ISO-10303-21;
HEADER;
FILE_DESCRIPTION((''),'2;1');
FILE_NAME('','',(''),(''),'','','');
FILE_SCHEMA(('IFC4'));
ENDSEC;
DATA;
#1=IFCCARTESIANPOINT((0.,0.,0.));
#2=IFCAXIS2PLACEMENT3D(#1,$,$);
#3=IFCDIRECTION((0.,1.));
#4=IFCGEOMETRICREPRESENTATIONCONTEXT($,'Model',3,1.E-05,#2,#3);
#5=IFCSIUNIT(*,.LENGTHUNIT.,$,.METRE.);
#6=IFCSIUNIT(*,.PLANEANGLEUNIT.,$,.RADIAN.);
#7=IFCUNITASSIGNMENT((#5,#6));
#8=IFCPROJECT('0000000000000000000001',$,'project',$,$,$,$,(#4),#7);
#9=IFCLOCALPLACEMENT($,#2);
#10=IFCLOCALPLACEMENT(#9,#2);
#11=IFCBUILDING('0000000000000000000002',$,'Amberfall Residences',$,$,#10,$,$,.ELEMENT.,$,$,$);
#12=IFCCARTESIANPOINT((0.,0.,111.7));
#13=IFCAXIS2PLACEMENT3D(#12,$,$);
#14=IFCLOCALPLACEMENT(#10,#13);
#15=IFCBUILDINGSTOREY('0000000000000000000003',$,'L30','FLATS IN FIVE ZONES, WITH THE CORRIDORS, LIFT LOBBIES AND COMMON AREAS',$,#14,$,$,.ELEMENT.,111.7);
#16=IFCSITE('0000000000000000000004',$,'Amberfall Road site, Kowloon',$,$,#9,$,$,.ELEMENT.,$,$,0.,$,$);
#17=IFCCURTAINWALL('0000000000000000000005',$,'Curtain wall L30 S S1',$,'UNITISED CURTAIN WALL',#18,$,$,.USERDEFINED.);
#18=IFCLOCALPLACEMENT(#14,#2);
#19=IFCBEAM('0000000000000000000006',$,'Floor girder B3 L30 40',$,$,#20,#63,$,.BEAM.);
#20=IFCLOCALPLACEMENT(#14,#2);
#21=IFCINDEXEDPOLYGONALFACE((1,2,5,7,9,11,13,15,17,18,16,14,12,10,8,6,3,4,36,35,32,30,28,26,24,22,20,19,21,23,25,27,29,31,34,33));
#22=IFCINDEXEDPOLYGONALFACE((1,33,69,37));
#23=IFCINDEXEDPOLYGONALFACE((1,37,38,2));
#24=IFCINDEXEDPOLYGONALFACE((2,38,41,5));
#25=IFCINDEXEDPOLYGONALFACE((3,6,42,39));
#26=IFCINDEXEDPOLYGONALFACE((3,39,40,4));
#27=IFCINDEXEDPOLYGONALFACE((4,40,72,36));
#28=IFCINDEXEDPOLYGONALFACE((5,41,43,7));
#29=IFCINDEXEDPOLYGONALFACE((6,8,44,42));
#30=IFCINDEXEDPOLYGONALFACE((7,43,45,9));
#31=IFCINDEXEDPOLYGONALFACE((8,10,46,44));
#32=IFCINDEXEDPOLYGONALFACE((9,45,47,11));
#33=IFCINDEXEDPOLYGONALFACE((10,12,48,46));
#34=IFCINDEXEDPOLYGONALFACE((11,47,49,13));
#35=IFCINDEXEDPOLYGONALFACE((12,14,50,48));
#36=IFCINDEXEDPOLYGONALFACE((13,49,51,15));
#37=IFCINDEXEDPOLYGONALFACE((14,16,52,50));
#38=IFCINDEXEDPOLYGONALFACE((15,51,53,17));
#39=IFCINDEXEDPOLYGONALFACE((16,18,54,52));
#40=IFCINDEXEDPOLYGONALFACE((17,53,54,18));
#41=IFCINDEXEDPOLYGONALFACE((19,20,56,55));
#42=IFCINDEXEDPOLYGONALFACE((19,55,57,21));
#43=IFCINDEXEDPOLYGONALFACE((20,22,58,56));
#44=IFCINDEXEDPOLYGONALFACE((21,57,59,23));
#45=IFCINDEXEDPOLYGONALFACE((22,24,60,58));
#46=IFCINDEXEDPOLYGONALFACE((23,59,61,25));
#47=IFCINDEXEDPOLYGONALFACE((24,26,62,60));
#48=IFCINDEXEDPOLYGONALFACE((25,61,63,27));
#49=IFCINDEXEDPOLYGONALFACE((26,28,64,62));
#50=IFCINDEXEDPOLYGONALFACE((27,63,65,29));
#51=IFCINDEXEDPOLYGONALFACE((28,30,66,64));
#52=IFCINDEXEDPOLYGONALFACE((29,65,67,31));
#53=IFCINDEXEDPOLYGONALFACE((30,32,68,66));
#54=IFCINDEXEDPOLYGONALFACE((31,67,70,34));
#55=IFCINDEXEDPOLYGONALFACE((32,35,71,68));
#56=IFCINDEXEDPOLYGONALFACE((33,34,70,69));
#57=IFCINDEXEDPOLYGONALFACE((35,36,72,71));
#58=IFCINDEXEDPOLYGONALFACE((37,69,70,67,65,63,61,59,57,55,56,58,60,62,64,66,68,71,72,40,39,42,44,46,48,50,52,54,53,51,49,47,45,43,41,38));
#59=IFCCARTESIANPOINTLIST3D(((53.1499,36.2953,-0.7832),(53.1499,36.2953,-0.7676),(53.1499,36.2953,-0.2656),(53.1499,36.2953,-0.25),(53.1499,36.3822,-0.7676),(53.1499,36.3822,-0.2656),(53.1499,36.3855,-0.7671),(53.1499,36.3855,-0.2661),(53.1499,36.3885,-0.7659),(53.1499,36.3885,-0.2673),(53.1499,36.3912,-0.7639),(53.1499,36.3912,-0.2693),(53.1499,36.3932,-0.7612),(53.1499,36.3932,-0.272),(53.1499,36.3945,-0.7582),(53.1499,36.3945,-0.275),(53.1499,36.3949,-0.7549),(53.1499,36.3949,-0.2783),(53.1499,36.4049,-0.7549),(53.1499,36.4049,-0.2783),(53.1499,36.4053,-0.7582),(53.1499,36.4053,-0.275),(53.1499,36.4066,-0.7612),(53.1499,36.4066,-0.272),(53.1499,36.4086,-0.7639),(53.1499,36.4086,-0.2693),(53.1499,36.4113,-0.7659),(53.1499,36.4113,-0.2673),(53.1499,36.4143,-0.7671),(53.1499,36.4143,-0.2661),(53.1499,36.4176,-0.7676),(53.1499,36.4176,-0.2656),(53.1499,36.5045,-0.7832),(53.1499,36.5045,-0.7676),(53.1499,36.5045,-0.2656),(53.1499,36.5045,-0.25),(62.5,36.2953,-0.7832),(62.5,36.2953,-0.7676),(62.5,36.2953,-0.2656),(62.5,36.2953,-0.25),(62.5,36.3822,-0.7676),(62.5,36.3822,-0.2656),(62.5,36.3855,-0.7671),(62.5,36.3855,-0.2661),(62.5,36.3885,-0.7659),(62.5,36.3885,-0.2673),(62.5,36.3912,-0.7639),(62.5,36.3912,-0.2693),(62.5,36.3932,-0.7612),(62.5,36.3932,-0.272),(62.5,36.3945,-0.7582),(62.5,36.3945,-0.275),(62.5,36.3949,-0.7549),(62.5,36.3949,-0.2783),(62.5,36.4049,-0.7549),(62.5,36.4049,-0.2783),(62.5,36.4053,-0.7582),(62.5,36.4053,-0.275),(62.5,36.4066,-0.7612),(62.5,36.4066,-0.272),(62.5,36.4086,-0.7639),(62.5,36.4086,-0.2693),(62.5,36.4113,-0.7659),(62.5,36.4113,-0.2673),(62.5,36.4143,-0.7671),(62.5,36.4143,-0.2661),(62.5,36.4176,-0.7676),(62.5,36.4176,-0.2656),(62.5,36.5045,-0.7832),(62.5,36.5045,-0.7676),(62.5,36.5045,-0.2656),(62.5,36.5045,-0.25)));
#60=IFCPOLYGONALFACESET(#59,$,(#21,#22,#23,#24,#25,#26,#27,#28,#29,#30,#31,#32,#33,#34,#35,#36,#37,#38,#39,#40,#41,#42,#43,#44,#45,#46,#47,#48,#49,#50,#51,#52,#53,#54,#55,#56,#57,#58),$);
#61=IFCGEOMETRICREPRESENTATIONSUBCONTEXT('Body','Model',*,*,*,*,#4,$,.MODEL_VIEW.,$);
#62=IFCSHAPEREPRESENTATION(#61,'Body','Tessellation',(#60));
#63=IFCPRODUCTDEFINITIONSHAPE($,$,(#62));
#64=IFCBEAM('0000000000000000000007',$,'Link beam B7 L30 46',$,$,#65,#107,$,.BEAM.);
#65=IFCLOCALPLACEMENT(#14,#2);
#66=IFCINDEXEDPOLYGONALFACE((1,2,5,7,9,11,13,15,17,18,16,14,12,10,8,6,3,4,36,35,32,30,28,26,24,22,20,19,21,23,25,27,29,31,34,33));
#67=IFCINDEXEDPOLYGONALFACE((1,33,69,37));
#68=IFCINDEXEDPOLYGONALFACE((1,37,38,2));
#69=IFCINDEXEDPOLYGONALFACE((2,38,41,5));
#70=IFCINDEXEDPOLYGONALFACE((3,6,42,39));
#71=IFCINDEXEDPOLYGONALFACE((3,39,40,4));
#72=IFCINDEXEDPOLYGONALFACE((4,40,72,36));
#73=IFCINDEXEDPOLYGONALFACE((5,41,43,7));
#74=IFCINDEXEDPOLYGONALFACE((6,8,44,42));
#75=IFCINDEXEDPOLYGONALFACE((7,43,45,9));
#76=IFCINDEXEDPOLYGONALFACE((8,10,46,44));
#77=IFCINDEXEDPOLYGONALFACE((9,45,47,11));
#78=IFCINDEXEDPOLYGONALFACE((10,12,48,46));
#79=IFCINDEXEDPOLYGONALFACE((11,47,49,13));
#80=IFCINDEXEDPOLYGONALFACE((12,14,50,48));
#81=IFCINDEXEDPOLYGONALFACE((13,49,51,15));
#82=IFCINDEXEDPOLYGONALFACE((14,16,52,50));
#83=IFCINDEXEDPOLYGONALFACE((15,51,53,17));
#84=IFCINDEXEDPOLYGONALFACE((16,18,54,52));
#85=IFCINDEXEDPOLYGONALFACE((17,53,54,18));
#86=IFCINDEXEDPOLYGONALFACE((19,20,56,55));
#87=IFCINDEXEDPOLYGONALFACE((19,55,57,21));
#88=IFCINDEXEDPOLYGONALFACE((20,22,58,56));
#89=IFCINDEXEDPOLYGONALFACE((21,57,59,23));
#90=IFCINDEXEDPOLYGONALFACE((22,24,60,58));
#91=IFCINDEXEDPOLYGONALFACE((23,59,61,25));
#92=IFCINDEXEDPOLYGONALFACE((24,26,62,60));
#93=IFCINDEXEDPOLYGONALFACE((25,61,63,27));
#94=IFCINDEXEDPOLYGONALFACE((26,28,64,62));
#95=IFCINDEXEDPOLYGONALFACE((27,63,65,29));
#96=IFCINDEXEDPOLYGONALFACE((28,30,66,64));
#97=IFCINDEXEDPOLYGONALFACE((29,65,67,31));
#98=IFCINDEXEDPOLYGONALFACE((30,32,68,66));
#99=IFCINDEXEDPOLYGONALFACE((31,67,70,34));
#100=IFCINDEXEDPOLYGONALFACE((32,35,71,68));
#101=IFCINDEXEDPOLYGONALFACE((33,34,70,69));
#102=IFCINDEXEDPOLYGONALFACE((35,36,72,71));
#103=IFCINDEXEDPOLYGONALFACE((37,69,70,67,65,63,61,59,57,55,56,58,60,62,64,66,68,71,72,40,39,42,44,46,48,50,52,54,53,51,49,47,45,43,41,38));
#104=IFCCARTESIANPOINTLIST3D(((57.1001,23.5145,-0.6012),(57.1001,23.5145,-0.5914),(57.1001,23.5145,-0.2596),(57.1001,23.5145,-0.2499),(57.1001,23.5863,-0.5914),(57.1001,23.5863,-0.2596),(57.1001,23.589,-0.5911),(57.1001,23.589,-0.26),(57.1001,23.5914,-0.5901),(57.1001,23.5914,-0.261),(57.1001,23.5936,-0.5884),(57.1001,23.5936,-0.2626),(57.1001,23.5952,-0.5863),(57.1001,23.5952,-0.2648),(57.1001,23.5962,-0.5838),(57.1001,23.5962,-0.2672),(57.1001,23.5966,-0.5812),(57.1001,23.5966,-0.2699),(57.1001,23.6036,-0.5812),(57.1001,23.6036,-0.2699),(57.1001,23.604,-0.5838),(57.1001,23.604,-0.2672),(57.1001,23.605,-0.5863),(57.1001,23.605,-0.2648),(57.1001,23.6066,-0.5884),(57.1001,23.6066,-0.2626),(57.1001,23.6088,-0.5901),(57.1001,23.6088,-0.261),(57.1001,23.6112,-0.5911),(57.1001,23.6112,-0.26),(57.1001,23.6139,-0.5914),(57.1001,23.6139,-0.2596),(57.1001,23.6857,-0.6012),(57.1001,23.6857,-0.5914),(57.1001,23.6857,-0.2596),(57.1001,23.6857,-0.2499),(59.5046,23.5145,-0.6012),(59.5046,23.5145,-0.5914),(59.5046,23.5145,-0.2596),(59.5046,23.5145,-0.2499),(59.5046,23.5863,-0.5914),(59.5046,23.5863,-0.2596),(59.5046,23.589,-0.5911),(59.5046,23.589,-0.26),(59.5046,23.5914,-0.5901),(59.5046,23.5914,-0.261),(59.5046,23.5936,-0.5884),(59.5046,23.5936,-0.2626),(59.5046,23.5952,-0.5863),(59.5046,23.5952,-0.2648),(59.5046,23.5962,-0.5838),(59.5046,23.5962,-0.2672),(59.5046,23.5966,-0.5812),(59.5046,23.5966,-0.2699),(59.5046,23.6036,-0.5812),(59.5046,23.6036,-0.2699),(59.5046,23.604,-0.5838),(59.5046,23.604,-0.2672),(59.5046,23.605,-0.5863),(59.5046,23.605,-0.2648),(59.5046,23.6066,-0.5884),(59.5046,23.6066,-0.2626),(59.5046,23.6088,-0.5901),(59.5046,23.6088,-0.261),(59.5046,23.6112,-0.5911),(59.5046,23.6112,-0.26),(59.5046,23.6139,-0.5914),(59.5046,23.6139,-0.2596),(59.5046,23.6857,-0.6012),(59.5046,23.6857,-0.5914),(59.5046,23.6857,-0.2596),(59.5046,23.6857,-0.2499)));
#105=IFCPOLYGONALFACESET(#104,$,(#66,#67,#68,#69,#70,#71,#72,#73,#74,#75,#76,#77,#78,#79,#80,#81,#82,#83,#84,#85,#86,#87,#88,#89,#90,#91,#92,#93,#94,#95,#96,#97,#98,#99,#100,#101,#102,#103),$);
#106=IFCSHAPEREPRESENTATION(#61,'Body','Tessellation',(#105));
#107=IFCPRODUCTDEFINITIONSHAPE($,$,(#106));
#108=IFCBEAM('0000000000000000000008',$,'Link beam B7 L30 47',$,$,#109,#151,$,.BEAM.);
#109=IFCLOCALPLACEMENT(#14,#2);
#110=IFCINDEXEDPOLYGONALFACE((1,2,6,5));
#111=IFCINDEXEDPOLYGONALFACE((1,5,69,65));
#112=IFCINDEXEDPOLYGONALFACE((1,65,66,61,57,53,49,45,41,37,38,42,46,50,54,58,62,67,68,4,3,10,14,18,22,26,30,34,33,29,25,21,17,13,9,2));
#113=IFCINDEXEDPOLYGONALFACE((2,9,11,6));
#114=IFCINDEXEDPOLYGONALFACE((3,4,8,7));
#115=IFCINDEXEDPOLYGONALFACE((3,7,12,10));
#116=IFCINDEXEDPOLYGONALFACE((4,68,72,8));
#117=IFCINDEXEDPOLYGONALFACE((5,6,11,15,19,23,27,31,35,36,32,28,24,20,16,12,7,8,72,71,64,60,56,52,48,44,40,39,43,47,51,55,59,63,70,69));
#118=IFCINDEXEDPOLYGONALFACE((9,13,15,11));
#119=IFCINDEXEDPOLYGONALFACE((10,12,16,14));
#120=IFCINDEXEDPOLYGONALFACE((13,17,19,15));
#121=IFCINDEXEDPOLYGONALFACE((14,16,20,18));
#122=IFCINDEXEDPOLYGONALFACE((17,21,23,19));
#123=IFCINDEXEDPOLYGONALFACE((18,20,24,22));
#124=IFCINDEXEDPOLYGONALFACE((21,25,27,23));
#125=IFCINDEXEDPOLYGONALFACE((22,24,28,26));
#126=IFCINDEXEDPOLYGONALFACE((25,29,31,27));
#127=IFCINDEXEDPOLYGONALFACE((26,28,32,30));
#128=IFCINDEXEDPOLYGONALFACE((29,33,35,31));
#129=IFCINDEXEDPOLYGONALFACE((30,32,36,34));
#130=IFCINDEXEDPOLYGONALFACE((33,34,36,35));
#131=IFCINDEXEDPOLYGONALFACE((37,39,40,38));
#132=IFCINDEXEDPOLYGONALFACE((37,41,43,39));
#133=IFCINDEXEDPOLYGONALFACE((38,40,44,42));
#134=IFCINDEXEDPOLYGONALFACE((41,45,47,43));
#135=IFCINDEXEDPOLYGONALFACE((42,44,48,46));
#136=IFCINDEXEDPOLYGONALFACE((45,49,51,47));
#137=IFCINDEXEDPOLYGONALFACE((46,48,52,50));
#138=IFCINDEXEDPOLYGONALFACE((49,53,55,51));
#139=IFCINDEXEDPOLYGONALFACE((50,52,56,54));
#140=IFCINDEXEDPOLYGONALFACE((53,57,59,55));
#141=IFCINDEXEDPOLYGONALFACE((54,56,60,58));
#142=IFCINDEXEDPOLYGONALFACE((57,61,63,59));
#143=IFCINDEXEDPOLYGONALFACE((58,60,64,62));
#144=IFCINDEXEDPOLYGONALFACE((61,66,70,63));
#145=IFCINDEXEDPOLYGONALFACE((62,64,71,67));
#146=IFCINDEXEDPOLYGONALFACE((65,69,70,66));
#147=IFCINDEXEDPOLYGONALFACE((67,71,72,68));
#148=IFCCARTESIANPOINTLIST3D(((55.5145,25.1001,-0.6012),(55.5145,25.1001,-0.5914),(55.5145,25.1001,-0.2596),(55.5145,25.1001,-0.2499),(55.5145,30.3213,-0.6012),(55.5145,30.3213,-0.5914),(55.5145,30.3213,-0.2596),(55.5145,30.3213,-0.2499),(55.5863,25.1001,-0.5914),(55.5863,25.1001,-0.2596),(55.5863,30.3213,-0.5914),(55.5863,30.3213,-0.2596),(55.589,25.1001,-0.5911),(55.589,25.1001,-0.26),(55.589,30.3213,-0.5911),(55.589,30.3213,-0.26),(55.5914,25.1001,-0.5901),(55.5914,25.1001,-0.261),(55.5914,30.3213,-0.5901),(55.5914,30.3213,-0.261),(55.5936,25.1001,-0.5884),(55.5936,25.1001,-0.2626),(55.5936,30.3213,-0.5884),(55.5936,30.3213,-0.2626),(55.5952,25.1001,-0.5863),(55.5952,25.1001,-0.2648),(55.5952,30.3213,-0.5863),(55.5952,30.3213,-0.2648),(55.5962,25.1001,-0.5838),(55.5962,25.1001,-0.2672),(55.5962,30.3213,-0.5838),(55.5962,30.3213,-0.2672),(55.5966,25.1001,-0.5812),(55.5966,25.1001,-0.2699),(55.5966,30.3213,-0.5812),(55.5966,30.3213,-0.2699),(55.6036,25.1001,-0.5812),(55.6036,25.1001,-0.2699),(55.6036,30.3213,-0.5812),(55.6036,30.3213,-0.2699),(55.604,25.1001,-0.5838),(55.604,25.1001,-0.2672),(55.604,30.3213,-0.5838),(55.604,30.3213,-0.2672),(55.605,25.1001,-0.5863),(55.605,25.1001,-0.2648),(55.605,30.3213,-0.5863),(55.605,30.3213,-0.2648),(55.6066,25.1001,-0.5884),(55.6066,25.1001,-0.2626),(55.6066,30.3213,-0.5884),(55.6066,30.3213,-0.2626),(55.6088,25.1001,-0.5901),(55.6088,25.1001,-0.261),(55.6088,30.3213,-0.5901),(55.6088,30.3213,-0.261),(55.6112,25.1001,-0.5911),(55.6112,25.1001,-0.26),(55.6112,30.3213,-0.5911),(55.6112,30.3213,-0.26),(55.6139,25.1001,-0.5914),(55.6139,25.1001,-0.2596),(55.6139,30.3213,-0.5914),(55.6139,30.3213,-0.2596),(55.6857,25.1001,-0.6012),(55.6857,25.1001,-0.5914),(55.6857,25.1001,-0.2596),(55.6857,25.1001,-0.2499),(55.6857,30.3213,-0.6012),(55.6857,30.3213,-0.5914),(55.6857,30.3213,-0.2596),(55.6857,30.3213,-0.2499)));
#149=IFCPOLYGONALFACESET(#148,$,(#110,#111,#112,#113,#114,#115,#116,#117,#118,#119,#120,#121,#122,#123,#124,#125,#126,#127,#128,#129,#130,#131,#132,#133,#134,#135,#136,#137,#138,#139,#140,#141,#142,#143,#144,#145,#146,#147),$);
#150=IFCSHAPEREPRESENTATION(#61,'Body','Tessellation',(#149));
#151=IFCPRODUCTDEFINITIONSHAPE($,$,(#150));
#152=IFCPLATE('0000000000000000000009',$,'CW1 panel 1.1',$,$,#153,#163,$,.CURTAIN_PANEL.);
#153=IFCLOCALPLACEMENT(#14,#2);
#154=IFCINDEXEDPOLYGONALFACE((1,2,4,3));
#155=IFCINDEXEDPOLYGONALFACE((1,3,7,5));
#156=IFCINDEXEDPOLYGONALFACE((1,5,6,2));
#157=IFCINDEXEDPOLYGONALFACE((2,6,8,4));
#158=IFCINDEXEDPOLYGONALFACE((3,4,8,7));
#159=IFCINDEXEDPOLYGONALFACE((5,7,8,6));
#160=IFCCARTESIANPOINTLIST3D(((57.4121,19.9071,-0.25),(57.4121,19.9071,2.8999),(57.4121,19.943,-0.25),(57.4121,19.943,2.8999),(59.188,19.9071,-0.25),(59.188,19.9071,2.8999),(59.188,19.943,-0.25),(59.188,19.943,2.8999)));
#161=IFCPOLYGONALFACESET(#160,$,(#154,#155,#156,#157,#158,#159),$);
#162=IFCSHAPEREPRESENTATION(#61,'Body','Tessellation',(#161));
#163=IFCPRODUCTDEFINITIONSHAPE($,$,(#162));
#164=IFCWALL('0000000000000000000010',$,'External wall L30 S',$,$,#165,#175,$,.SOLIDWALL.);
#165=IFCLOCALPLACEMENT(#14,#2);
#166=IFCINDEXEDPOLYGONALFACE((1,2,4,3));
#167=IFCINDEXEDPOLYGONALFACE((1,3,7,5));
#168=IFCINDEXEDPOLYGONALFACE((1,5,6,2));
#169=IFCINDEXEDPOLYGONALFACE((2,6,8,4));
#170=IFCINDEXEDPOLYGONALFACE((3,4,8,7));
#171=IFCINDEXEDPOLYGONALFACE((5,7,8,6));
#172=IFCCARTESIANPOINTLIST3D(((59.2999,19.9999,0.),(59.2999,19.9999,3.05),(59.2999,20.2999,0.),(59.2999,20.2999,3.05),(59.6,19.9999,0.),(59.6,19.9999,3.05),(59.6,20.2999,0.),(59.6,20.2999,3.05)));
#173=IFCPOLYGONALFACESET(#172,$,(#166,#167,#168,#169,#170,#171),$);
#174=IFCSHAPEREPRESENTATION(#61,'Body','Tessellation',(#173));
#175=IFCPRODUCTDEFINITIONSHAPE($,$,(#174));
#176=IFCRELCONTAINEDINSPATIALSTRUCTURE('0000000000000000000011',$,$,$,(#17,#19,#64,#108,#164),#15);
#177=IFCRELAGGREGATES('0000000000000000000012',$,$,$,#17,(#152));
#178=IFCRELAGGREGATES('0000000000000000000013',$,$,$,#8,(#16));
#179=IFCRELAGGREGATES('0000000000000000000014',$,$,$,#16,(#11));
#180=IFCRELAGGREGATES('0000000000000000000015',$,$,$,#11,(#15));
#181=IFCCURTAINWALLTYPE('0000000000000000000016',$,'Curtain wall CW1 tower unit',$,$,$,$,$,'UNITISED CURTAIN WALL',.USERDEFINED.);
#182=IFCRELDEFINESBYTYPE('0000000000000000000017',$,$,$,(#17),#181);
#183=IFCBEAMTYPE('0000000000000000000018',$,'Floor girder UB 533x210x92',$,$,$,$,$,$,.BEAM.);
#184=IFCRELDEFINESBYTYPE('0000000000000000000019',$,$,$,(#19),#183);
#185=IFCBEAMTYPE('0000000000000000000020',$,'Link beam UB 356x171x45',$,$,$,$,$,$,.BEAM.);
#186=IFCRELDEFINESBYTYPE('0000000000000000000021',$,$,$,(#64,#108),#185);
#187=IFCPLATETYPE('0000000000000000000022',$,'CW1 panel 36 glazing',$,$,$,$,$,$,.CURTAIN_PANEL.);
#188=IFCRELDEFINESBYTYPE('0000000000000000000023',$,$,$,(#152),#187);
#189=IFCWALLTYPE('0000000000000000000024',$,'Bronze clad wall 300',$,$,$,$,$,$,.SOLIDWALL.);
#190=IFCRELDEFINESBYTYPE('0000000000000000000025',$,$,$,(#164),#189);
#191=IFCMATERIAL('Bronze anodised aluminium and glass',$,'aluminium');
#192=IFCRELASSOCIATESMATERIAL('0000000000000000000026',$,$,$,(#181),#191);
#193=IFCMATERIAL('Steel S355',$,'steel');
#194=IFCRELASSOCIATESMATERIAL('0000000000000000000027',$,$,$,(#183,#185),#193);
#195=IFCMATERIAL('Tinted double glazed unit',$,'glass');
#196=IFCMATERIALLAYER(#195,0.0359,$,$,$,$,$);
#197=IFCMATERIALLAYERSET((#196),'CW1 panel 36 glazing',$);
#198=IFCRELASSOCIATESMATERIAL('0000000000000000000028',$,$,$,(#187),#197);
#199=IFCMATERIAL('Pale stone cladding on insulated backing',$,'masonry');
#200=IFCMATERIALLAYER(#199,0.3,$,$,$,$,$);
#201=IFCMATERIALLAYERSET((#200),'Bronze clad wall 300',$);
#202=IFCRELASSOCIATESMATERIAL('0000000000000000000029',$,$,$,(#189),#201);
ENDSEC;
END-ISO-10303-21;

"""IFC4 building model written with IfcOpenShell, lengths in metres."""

from ifc_helpers import new_model, si_unit, direction, frame, frame_2d, origin, origin_2d, place, context, subcontext, project, spatial, rectangle, i_section, extrude, material, layer, layer_set, material_profile, profile_set, type_object, element, aggregate, save


model = new_model("IFC4")

# Units and contexts
model_context = context("Model", 3, precision=1e-05, world=origin(), true_north=direction((0.0, 1.0)))
body_context = subcontext(model_context, "Body", "Model", "MODEL_VIEW")
ifc_project = project(units=[si_unit("LENGTHUNIT", "METRE"), si_unit("PLANEANGLEUNIT", "RADIAN")], contexts=[model_context])

# Site, building, storey
site_placement = place(None, origin())
site = spatial("IfcSite", under=ifc_project, at=site_placement, Name="Amberfall Road site, Kowloon", CompositionType="ELEMENT", RefElevation=0.0)
building_placement = place(site_placement, origin())
building = spatial("IfcBuilding", under=site, at=building_placement, Name="Amberfall Residences", CompositionType="ELEMENT")
storey_placement = place(building_placement, frame((0.0, 0.0, 111.7)))
storey = spatial("IfcBuildingStorey", under=building, at=storey_placement, Name="L30", Description="FLATS IN FIVE ZONES, WITH THE CORRIDORS, LIFT LOBBIES AND COMMON AREAS", CompositionType="ELEMENT", Elevation=111.7)

# Curtain wall
ifc_material_1 = material(Name="Bronze anodised aluminium and glass", Category="aluminium")
curtain_wall_type = type_object("IfcCurtainWallType", Name="Curtain wall CW1 tower unit", ElementType="UNITISED CURTAIN WALL", PredefinedType="USERDEFINED", material=ifc_material_1)
curtain_wall_placement = place(storey_placement, origin())
curtain_wall = element("IfcCurtainWall", 1, at=curtain_wall_placement, inside=storey, type_object=curtain_wall_type, Name="Curtain wall L30 S S1", ObjectType="UNITISED CURTAIN WALL", PredefinedType="USERDEFINED")

# Shared definitions
ifc_material_2 = material(Name="Steel S355", Category="steel")

# Beams
ifc_material_profile_1 = material_profile(ifc_material_2, i_section(OverallWidth=0.2092, OverallDepth=0.5332, WebThickness=0.01, FlangeThickness=0.0156, FilletRadius=0.0127, at=origin_2d()), Name="UB 533x210x92")
ifc_profile_set_1 = profile_set([ifc_material_profile_1], Name="Steel S355")
beam_type_1 = type_object("IfcBeamType", Name="Floor girder UB 533x210x92", PredefinedType="BEAM", material=ifc_profile_set_1)
beam_1_placement = place(storey_placement, frame((53.1499, 36.3999, -0.5166), z_axis=(1.0, 0.0, 0.0), x_axis=(0.0, 1.0, 0.0)))
element("IfcBeam", 2, at=beam_1_placement, inside=storey, type_object=beam_type_1, Name="Floor girder B3 L30 40", PredefinedType="BEAM", context=body_context, shape_type="SweptSolid", body=[
    extrude(i_section(OverallWidth=0.2092, OverallDepth=0.5332, WebThickness=0.01, FlangeThickness=0.0156, FilletRadius=0.0127, at=origin_2d()), origin(), (0.0, 0.0, 1.0), 9.3501),
])
ifc_material_profile_2 = material_profile(ifc_material_2, i_section(OverallWidth=0.1711, OverallDepth=0.3513, WebThickness=0.0071, FlangeThickness=0.0098, FilletRadius=0.0103, at=origin_2d()), Name="UB 356x171x45")
ifc_profile_set_2 = profile_set([ifc_material_profile_2], Name="Steel S355")
beam_type_2 = type_object("IfcBeamType", Name="Link beam UB 356x171x45", PredefinedType="BEAM", material=ifc_profile_set_2)
beam_2_placement = place(storey_placement, frame((57.1001, 23.6001, -0.4255), z_axis=(1.0, 0.0, 0.0), x_axis=(0.0, 1.0, 0.0)))
element("IfcBeam", 3, at=beam_2_placement, inside=storey, type_object=beam_type_2, Name="Link beam B7 L30 46", PredefinedType="BEAM", context=body_context, shape_type="SweptSolid", body=[
    extrude(i_section(OverallWidth=0.1711, OverallDepth=0.3513, WebThickness=0.0071, FlangeThickness=0.0098, FilletRadius=0.0103, at=origin_2d()), origin(), (0.0, 0.0, 1.0), 2.4045),
])
beam_3_placement = place(storey_placement, frame((55.6001, 25.1001, -0.4255), z_axis=(0.0, 1.0, 0.0), x_axis=(-1.0, 0.0, 0.0)))
element("IfcBeam", 4, at=beam_3_placement, inside=storey, type_object=beam_type_2, Name="Link beam B7 L30 47", PredefinedType="BEAM", context=body_context, shape_type="SweptSolid", body=[
    extrude(i_section(OverallWidth=0.1711, OverallDepth=0.3513, WebThickness=0.0071, FlangeThickness=0.0098, FilletRadius=0.0103, at=origin_2d()), origin(), (0.0, 0.0, 1.0), 5.2212),
])

# Plate
ifc_material_3 = material(Name="Tinted double glazed unit", Category="glass")
ifc_layer_1 = layer(ifc_material_3, 0.0359)
ifc_layer_set_1 = layer_set([ifc_layer_1], Name="CW1 panel 36 glazing")
plate_type = type_object("IfcPlateType", Name="CW1 panel 36 glazing", PredefinedType="CURTAIN_PANEL", material=ifc_layer_set_1)
plate_placement = place(storey_placement, frame((58.3, 19.925, -0.25), z_axis=(0.0, 0.0, 1.0), x_axis=(1.0, 0.0, 0.0)))
plate = element("IfcPlate", 5, at=plate_placement, type_object=plate_type, Name="CW1 panel 1.1", PredefinedType="CURTAIN_PANEL", context=body_context, shape_type="SweptSolid", body=[
    extrude(rectangle(XDim=1.7759, YDim=0.0359, at=origin_2d()), origin(), (0.0, 0.0, 1.0), 3.1499),
])
aggregate(curtain_wall, [plate])

# Wall
ifc_material_4 = material(Name="Pale stone cladding on insulated backing", Category="masonry")
ifc_layer_2 = layer(ifc_material_4, 0.3)
ifc_layer_set_2 = layer_set([ifc_layer_2], Name="Bronze clad wall 300")
wall_type_1 = type_object("IfcWallType", Name="Bronze clad wall 300", PredefinedType="SOLIDWALL", material=ifc_layer_set_2)
wall_1_placement = place(storey_placement, frame((59.45, 20.0, 0.0), z_axis=(0.0, 0.0, 1.0), x_axis=(0.0, 1.0, 0.0)))
element("IfcWall", 6, at=wall_1_placement, inside=storey, type_object=wall_type_1, Name="External wall L30 S", PredefinedType="SOLIDWALL", context=body_context, shape_type="SweptSolid", body=[
    extrude(rectangle(XDim=0.3, YDim=0.3, at=frame_2d((0.1499, 0.0))), origin(), (0.0, 0.0, 1.0), 3.05),
])

save(model, "model.ifc")
